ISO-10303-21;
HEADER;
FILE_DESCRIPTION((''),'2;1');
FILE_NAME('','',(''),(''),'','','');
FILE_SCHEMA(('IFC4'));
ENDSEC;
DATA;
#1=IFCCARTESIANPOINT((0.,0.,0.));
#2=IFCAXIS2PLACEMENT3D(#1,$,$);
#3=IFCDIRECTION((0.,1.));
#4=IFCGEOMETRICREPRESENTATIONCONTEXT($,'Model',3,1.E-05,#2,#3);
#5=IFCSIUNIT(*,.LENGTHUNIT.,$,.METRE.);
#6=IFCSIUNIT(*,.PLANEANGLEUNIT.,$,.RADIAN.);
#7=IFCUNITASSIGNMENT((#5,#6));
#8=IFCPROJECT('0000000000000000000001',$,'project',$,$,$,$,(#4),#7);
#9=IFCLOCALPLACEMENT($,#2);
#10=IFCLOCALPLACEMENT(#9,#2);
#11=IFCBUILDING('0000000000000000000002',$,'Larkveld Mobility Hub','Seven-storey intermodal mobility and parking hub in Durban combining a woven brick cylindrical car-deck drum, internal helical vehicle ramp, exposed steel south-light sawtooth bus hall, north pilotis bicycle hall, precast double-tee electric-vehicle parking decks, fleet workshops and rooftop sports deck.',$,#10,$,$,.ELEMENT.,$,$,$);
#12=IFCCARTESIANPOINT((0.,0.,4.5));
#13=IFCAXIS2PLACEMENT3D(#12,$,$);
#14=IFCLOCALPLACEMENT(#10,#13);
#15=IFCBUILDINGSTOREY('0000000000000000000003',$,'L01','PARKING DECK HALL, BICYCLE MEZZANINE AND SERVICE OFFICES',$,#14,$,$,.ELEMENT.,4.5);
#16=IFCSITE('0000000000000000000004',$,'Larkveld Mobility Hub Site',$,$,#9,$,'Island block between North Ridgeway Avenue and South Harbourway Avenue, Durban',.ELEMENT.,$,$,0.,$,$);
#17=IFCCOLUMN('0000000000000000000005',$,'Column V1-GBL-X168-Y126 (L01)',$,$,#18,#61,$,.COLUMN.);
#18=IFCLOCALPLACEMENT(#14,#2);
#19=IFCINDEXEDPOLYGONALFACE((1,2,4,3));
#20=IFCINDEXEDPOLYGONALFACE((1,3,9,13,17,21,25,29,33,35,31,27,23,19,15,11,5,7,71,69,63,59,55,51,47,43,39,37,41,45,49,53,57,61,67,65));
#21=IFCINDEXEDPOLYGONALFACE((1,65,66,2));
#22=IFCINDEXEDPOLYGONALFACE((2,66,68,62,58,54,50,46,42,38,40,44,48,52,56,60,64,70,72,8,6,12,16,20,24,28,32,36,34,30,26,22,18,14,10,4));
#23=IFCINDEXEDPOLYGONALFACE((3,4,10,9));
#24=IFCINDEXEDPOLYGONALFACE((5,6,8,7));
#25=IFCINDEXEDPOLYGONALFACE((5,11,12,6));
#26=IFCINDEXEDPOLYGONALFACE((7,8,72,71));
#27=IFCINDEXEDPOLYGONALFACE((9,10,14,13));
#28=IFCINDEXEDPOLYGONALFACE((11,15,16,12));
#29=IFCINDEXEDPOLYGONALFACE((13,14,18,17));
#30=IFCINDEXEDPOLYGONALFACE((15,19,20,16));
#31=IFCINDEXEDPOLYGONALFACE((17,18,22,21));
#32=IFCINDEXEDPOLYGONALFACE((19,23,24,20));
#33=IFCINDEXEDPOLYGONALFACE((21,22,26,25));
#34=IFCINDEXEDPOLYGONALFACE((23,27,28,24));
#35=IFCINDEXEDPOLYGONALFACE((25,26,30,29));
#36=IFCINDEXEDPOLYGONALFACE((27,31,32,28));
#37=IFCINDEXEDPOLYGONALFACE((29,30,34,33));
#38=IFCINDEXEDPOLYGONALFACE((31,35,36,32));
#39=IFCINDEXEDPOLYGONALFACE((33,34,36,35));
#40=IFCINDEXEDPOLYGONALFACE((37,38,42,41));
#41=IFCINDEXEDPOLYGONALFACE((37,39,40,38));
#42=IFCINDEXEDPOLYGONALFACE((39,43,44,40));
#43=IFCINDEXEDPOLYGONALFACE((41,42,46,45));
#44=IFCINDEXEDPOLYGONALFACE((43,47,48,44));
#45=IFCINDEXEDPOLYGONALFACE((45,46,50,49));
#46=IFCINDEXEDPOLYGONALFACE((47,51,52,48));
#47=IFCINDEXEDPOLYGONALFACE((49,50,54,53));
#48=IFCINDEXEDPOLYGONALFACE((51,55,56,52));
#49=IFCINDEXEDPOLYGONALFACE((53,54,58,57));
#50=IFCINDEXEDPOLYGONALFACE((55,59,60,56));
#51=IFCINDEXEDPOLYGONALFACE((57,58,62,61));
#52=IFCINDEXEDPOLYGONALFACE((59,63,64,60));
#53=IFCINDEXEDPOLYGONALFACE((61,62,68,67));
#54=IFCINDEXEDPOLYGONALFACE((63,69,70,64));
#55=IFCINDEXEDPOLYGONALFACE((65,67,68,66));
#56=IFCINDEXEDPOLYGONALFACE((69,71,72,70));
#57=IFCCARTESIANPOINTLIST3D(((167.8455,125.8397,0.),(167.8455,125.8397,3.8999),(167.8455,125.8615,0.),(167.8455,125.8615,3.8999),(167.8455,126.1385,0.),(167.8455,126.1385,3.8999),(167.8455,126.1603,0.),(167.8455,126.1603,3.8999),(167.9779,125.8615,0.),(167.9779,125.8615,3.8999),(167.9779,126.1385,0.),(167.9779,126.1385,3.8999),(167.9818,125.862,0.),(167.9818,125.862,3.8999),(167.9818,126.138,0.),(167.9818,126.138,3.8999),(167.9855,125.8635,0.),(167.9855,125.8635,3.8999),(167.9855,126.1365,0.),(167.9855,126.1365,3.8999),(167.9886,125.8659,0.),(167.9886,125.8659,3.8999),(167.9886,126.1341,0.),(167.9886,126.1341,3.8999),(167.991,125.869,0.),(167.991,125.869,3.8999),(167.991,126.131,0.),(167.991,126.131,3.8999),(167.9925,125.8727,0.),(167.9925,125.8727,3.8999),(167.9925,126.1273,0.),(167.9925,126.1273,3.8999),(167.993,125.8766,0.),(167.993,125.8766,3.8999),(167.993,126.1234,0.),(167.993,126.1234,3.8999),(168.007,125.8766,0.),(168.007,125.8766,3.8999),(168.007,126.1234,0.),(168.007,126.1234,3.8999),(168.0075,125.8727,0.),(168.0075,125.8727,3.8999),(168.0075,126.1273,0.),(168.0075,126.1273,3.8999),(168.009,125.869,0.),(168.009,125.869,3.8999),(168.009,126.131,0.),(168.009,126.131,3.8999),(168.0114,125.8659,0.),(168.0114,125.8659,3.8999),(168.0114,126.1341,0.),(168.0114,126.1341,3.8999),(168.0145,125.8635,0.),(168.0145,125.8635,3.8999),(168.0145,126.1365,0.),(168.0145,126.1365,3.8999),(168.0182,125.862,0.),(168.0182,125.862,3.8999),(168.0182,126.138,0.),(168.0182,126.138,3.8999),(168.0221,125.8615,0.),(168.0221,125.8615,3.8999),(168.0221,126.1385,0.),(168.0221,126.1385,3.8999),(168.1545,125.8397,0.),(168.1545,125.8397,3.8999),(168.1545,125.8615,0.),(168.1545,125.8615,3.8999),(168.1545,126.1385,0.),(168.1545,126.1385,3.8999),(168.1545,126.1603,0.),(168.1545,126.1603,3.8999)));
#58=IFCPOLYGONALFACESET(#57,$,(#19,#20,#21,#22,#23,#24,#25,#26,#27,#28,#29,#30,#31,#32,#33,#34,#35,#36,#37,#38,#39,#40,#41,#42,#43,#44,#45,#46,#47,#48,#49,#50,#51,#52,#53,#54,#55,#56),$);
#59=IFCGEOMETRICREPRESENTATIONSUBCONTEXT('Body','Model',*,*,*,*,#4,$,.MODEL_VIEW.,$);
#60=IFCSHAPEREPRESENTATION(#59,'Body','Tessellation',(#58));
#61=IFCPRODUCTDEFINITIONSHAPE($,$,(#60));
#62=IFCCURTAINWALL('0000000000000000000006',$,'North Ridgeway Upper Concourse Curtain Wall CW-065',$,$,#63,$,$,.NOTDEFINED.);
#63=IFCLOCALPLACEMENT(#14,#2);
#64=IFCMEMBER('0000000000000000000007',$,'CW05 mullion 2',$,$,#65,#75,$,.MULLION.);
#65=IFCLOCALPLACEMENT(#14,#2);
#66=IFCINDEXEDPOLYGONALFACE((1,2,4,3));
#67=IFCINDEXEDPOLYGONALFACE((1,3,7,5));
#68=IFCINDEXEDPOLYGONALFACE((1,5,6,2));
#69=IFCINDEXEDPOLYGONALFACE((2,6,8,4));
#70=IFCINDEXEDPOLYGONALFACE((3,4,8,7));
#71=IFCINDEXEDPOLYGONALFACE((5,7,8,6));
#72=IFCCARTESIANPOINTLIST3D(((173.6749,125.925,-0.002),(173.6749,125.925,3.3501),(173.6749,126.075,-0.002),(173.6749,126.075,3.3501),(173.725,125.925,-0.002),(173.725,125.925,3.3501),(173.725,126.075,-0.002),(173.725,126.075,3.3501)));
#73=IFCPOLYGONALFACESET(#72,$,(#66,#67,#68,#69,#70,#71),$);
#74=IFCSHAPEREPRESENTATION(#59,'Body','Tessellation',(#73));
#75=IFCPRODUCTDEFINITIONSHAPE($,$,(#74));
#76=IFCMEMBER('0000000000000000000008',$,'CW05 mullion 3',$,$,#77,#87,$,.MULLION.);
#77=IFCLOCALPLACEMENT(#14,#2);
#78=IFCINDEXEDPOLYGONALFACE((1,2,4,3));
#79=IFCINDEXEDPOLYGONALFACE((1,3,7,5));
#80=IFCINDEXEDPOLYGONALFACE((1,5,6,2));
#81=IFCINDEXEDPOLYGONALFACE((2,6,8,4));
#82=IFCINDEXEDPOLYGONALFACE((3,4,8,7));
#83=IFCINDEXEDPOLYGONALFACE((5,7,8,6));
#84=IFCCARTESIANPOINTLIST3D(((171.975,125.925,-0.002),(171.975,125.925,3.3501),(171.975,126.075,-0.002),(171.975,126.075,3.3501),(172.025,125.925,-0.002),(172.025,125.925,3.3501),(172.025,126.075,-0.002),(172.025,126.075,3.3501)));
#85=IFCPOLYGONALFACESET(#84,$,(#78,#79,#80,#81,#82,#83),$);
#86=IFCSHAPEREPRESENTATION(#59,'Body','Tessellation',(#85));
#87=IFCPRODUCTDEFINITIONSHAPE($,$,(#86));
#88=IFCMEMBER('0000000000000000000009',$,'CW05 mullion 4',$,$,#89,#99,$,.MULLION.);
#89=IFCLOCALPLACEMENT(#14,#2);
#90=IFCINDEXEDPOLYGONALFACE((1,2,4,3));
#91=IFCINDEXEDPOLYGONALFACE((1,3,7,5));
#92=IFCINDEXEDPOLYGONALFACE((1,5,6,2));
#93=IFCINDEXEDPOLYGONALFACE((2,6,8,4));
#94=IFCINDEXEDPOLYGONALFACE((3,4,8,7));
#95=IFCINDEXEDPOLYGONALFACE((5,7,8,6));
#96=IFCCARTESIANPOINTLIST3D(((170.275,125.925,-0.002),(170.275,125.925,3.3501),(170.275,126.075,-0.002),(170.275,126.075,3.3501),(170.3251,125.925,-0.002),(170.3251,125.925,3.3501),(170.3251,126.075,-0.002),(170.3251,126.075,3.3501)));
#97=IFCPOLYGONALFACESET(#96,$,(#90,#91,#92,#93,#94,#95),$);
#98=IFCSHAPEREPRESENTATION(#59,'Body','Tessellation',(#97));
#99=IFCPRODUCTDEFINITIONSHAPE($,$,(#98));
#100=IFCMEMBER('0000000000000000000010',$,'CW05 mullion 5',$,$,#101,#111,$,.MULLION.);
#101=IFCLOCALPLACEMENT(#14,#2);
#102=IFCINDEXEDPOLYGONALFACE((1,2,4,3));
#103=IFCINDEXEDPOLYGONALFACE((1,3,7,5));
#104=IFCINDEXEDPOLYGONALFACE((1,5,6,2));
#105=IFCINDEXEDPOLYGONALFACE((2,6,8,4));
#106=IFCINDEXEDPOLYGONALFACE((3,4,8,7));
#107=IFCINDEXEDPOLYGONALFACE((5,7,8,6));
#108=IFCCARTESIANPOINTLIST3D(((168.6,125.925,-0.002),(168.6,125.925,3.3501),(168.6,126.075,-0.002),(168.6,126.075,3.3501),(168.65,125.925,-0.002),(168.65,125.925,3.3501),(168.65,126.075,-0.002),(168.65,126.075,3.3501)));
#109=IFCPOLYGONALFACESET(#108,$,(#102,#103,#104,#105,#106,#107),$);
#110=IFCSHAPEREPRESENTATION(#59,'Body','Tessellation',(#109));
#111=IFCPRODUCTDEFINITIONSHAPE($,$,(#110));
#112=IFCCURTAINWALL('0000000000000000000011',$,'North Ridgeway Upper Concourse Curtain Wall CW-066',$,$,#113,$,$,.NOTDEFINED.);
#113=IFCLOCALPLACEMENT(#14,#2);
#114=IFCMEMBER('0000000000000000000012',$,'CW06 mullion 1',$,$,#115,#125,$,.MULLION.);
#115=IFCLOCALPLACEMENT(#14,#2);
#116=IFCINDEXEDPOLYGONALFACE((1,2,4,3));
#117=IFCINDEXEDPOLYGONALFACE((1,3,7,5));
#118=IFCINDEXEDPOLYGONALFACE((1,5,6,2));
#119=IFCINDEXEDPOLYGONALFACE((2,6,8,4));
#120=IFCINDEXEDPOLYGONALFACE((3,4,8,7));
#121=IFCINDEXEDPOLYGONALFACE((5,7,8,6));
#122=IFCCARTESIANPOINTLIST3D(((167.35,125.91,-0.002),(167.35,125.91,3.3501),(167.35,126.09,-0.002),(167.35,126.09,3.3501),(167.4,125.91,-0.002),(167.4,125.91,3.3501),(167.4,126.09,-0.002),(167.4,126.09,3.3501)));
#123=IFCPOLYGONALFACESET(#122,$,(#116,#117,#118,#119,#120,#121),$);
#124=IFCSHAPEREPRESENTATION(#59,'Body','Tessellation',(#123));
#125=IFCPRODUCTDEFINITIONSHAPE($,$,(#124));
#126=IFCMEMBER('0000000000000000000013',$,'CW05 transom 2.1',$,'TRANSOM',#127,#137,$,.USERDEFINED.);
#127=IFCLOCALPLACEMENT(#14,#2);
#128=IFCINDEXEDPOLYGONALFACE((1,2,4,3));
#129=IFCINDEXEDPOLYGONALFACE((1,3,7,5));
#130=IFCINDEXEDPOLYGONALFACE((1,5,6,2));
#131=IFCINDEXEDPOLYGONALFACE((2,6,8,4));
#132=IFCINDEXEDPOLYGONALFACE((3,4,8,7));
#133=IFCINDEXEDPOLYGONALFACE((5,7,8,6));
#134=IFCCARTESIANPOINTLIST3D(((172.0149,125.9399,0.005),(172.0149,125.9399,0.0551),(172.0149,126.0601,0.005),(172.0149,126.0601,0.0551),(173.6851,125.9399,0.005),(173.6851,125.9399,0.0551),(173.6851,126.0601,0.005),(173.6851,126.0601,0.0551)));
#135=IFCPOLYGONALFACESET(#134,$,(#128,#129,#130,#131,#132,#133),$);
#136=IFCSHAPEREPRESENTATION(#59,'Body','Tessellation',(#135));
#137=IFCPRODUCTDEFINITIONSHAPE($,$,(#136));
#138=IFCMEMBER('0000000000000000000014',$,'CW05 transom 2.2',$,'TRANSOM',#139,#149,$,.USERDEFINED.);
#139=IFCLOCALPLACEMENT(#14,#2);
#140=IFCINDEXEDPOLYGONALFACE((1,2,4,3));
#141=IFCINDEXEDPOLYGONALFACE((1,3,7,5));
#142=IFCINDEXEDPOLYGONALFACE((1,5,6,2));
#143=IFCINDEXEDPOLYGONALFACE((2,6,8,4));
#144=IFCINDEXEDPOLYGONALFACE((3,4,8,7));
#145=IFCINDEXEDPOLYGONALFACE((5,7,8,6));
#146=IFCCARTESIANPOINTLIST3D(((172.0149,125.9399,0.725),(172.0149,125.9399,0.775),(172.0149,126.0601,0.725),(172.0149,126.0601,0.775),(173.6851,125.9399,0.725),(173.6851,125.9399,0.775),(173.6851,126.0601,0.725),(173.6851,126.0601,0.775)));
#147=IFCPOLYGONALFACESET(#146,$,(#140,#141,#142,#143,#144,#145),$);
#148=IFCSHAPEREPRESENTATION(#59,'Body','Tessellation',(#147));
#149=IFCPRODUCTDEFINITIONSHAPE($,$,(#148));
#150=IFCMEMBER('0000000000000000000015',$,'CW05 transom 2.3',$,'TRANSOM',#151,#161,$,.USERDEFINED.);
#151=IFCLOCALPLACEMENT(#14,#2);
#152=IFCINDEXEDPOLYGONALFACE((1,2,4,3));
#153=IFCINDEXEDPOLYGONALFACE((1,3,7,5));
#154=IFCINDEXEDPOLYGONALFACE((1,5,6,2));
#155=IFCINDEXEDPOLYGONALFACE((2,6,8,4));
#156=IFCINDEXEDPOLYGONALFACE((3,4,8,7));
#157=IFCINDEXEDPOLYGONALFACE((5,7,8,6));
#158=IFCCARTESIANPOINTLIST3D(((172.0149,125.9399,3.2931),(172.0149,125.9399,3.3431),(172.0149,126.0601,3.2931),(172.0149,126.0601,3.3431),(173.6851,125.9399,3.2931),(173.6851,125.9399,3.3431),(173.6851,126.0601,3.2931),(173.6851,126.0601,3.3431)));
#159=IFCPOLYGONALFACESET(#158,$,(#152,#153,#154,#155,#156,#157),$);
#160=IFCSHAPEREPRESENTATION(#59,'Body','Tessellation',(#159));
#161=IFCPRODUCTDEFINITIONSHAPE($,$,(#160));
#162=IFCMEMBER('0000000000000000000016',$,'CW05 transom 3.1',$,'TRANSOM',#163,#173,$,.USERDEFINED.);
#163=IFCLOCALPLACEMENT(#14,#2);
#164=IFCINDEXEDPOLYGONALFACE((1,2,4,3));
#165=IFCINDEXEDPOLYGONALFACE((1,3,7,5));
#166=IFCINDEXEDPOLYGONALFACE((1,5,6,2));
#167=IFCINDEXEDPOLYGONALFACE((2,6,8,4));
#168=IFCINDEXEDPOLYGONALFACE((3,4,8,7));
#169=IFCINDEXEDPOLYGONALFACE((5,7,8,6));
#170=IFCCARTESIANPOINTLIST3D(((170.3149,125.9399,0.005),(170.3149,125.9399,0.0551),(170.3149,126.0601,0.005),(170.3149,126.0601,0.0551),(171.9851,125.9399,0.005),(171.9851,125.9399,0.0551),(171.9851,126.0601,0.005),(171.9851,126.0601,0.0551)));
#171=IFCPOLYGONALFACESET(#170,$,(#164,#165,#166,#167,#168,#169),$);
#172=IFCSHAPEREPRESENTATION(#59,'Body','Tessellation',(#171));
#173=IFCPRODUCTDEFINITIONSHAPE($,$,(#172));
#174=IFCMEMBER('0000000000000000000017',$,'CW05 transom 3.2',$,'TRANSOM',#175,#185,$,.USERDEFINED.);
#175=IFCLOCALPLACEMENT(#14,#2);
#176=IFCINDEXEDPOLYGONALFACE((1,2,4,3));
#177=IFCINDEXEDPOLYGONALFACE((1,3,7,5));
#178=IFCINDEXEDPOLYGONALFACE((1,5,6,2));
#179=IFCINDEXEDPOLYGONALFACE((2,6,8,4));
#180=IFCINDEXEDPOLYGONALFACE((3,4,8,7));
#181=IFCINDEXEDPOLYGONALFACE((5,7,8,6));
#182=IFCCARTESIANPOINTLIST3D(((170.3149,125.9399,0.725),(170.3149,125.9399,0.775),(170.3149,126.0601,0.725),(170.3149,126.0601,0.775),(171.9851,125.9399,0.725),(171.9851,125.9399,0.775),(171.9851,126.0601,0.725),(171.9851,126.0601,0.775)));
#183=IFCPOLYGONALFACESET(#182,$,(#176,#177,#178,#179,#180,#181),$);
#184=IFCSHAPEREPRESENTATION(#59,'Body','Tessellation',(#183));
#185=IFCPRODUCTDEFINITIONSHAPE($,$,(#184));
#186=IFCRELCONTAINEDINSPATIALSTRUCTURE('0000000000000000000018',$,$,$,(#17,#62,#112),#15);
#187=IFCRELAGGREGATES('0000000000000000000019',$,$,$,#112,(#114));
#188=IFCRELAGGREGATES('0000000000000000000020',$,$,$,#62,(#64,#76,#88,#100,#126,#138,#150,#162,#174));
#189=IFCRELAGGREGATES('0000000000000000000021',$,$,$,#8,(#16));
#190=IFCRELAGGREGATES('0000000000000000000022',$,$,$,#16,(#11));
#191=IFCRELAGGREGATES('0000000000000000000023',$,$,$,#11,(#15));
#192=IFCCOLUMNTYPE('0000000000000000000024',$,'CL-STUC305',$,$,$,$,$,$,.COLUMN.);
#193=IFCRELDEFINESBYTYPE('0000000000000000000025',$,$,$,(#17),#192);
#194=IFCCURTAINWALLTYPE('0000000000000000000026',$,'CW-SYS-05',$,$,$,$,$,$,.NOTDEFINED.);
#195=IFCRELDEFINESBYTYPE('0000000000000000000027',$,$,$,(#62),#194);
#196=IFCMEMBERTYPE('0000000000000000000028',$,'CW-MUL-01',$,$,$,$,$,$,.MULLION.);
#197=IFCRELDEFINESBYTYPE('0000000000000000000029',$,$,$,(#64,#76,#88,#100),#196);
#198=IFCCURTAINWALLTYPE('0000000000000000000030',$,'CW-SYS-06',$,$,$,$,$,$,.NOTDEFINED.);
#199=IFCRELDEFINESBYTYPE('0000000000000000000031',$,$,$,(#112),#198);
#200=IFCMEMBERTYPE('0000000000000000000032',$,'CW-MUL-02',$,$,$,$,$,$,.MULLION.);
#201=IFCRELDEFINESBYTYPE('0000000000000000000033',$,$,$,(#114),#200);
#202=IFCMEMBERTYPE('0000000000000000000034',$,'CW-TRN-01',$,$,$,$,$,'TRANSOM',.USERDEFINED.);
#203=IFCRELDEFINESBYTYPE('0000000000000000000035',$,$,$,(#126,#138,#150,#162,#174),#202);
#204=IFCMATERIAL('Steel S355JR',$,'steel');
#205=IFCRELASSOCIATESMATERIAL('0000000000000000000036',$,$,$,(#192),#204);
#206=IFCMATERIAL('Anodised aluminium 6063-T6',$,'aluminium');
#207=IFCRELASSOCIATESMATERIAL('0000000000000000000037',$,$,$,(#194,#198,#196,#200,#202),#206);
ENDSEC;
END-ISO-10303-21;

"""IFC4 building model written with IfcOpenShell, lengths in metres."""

from ifc_helpers import new_model, si_unit, direction, frame, origin, origin_2d, place, context, subcontext, project, spatial, rectangle, i_section, extrude, material, material_profile, profile_set, type_object, element, aggregate, save


model = new_model("IFC4")

# Units and contexts
model_context = context("Model", 3, precision=1e-05, world=origin(), true_north=direction((0.0, 1.0)))
body_context = subcontext(model_context, "Body", "Model", "MODEL_VIEW")
ifc_project = project(units=[si_unit("LENGTHUNIT", "METRE"), si_unit("PLANEANGLEUNIT", "RADIAN")], contexts=[model_context])

# Site, building, storey
site_placement = place(None, origin())
site = spatial("IfcSite", under=ifc_project, at=site_placement, Name="Larkveld Mobility Hub Site", LongName="Island block between North Ridgeway Avenue and South Harbourway Avenue, Durban", CompositionType="ELEMENT", RefElevation=0.0)
building_placement = place(site_placement, origin())
building = spatial("IfcBuilding", under=site, at=building_placement, Name="Larkveld Mobility Hub", Description="Seven-storey intermodal mobility and parking hub in Durban combining a woven brick cylindrical car-deck drum, internal helical vehicle ramp, exposed steel south-light sawtooth bus hall, north pilotis bicycle hall, precast double-tee electric-vehicle parking decks, fleet workshops and rooftop sports deck.", CompositionType="ELEMENT")
storey_placement = place(building_placement, frame((0.0, 0.0, 4.5)))
storey = spatial("IfcBuildingStorey", under=building, at=storey_placement, Name="L01", Description="PARKING DECK HALL, BICYCLE MEZZANINE AND SERVICE OFFICES", CompositionType="ELEMENT", Elevation=4.5)

# Column
ifc_material_1 = material(Name="Steel S355JR", Category="steel")
ifc_material_profile_1 = material_profile(ifc_material_1, i_section(OverallWidth=0.3091, OverallDepth=0.3206, WebThickness=0.0139, FlangeThickness=0.0217, FilletRadius=0.0151, at=origin_2d()), Name="UC 305x305x137")
ifc_profile_set_1 = profile_set([ifc_material_profile_1], Name="Steel S355JR")
column_type = type_object("IfcColumnType", Name="CL-STUC305", PredefinedType="COLUMN", material=ifc_profile_set_1)
column_placement = place(storey_placement, frame((168.0, 126.0, 0.0), z_axis=(0.0, 0.0, 1.0), x_axis=(1.0, 0.0, 0.0)))
element("IfcColumn", 1, at=column_placement, inside=storey, type_object=column_type, Name="Column V1-GBL-X168-Y126 (L01)", PredefinedType="COLUMN", context=body_context, shape_type="SweptSolid", body=[
    extrude(i_section(OverallWidth=0.3091, OverallDepth=0.3206, WebThickness=0.0139, FlangeThickness=0.0217, FilletRadius=0.0151, at=origin_2d()), origin(), (0.0, 0.0, 1.0), 3.8999),
])

# Curtain wall, members
ifc_material_2 = material(Name="Anodised aluminium 6063-T6", Category="aluminium")
curtain_wall_type_1 = type_object("IfcCurtainWallType", Name="CW-SYS-05", PredefinedType="NOTDEFINED", material=ifc_material_2)
curtain_wall_1_placement = place(storey_placement, origin())
curtain_wall_1 = element("IfcCurtainWall", 2, at=curtain_wall_1_placement, inside=storey, type_object=curtain_wall_type_1, Name="North Ridgeway Upper Concourse Curtain Wall CW-065", PredefinedType="NOTDEFINED")
ifc_material_profile_2 = material_profile(ifc_material_2, rectangle(XDim=0.05, YDim=0.1499, at=origin_2d()), Name="ALU MULL 50x150")
ifc_profile_set_2 = profile_set([ifc_material_profile_2], Name="Anodised aluminium 6063-T6")
member_type_1 = type_object("IfcMemberType", Name="CW-MUL-01", PredefinedType="MULLION", material=ifc_profile_set_2)
member_1_placement = place(storey_placement, frame((173.7, 126.0, -0.002), z_axis=(0.0, 0.0, 1.0), x_axis=(-1.0, 0.0, 0.0)))
member_1 = element("IfcMember", 3, at=member_1_placement, type_object=member_type_1, Name="CW05 mullion 2", PredefinedType="MULLION", context=body_context, shape_type="SweptSolid", body=[
    extrude(rectangle(XDim=0.05, YDim=0.1499, at=origin_2d()), origin(), (0.0, 0.0, 1.0), 3.3521),
])
member_2_placement = place(storey_placement, frame((172.0, 126.0, -0.002), z_axis=(0.0, 0.0, 1.0), x_axis=(-1.0, 0.0, 0.0)))
member_2 = element("IfcMember", 4, at=member_2_placement, type_object=member_type_1, Name="CW05 mullion 3", PredefinedType="MULLION", context=body_context, shape_type="SweptSolid", body=[
    extrude(rectangle(XDim=0.05, YDim=0.1499, at=origin_2d()), origin(), (0.0, 0.0, 1.0), 3.3521),
])
member_3_placement = place(storey_placement, frame((170.3, 126.0, -0.002), z_axis=(0.0, 0.0, 1.0), x_axis=(-1.0, 0.0, 0.0)))
member_3 = element("IfcMember", 5, at=member_3_placement, type_object=member_type_1, Name="CW05 mullion 4", PredefinedType="MULLION", context=body_context, shape_type="SweptSolid", body=[
    extrude(rectangle(XDim=0.05, YDim=0.1499, at=origin_2d()), origin(), (0.0, 0.0, 1.0), 3.3521),
])
member_4_placement = place(storey_placement, frame((168.625, 126.0, -0.002), z_axis=(0.0, 0.0, 1.0), x_axis=(-1.0, 0.0, 0.0)))
member_4 = element("IfcMember", 6, at=member_4_placement, type_object=member_type_1, Name="CW05 mullion 5", PredefinedType="MULLION", context=body_context, shape_type="SweptSolid", body=[
    extrude(rectangle(XDim=0.05, YDim=0.1499, at=origin_2d()), origin(), (0.0, 0.0, 1.0), 3.3521),
])

# Curtain wall, member
curtain_wall_type_2 = type_object("IfcCurtainWallType", Name="CW-SYS-06", PredefinedType="NOTDEFINED", material=ifc_material_2)
curtain_wall_2_placement = place(storey_placement, origin())
curtain_wall_2 = element("IfcCurtainWall", 7, at=curtain_wall_2_placement, inside=storey, type_object=curtain_wall_type_2, Name="North Ridgeway Upper Concourse Curtain Wall CW-066", PredefinedType="NOTDEFINED")
ifc_material_profile_3 = material_profile(ifc_material_2, rectangle(XDim=0.05, YDim=0.1799, at=origin_2d()), Name="ALU MULL 50x180")
ifc_profile_set_3 = profile_set([ifc_material_profile_3], Name="Anodised aluminium 6063-T6")
member_type_2 = type_object("IfcMemberType", Name="CW-MUL-02", PredefinedType="MULLION", material=ifc_profile_set_3)
member_5_placement = place(storey_placement, frame((167.375, 126.0, -0.002), z_axis=(0.0, 0.0, 1.0), x_axis=(-1.0, 0.0, 0.0)))
member_5 = element("IfcMember", 8, at=member_5_placement, type_object=member_type_2, Name="CW06 mullion 1", PredefinedType="MULLION", context=body_context, shape_type="SweptSolid", body=[
    extrude(rectangle(XDim=0.05, YDim=0.1799, at=origin_2d()), origin(), (0.0, 0.0, 1.0), 3.3521),
])

# Members
ifc_material_profile_4 = material_profile(ifc_material_2, rectangle(XDim=0.1201, YDim=0.05, at=origin_2d()), Name="ALU TRAN 50x120")
ifc_profile_set_4 = profile_set([ifc_material_profile_4], Name="Anodised aluminium 6063-T6")
member_type_3 = type_object("IfcMemberType", Name="CW-TRN-01", ElementType="TRANSOM", PredefinedType="USERDEFINED", material=ifc_profile_set_4)
member_6_placement = place(storey_placement, frame((173.6851, 126.0, 0.03), z_axis=(-1.0, 0.0, 0.0), x_axis=(0.0, -1.0, 0.0)))
member_6 = element("IfcMember", 9, at=member_6_placement, type_object=member_type_3, Name="CW05 transom 2.1", ObjectType="TRANSOM", PredefinedType="USERDEFINED", context=body_context, shape_type="SweptSolid", body=[
    extrude(rectangle(XDim=0.1201, YDim=0.05, at=origin_2d()), origin(), (0.0, 0.0, 1.0), 1.6702),
])
member_7_placement = place(storey_placement, frame((173.6851, 126.0, 0.75), z_axis=(-1.0, 0.0, 0.0), x_axis=(0.0, -1.0, 0.0)))
member_7 = element("IfcMember", 10, at=member_7_placement, type_object=member_type_3, Name="CW05 transom 2.2", ObjectType="TRANSOM", PredefinedType="USERDEFINED", context=body_context, shape_type="SweptSolid", body=[
    extrude(rectangle(XDim=0.1201, YDim=0.05, at=origin_2d()), origin(), (0.0, 0.0, 1.0), 1.6702),
])
member_8_placement = place(storey_placement, frame((173.6851, 126.0, 3.3181), z_axis=(-1.0, 0.0, 0.0), x_axis=(0.0, -1.0, 0.0)))
member_8 = element("IfcMember", 11, at=member_8_placement, type_object=member_type_3, Name="CW05 transom 2.3", ObjectType="TRANSOM", PredefinedType="USERDEFINED", context=body_context, shape_type="SweptSolid", body=[
    extrude(rectangle(XDim=0.1201, YDim=0.05, at=origin_2d()), origin(), (0.0, 0.0, 1.0), 1.6702),
])
member_9_placement = place(storey_placement, frame((171.9851, 126.0, 0.03), z_axis=(-1.0, 0.0, 0.0), x_axis=(0.0, -1.0, 0.0)))
member_9 = element("IfcMember", 12, at=member_9_placement, type_object=member_type_3, Name="CW05 transom 3.1", ObjectType="TRANSOM", PredefinedType="USERDEFINED", context=body_context, shape_type="SweptSolid", body=[
    extrude(rectangle(XDim=0.1201, YDim=0.05, at=origin_2d()), origin(), (0.0, 0.0, 1.0), 1.6702),
])
member_10_placement = place(storey_placement, frame((171.9851, 126.0, 0.75), z_axis=(-1.0, 0.0, 0.0), x_axis=(0.0, -1.0, 0.0)))
member_10 = element("IfcMember", 13, at=member_10_placement, type_object=member_type_3, Name="CW05 transom 3.2", ObjectType="TRANSOM", PredefinedType="USERDEFINED", context=body_context, shape_type="SweptSolid", body=[
    extrude(rectangle(XDim=0.1201, YDim=0.05, at=origin_2d()), origin(), (0.0, 0.0, 1.0), 1.6702),
])
aggregate(curtain_wall_2, [member_5])

aggregate(curtain_wall_1, [member_1, member_2, member_3, member_4, member_6, member_7, member_8, member_9, member_10])

save(model, "model.ifc")
